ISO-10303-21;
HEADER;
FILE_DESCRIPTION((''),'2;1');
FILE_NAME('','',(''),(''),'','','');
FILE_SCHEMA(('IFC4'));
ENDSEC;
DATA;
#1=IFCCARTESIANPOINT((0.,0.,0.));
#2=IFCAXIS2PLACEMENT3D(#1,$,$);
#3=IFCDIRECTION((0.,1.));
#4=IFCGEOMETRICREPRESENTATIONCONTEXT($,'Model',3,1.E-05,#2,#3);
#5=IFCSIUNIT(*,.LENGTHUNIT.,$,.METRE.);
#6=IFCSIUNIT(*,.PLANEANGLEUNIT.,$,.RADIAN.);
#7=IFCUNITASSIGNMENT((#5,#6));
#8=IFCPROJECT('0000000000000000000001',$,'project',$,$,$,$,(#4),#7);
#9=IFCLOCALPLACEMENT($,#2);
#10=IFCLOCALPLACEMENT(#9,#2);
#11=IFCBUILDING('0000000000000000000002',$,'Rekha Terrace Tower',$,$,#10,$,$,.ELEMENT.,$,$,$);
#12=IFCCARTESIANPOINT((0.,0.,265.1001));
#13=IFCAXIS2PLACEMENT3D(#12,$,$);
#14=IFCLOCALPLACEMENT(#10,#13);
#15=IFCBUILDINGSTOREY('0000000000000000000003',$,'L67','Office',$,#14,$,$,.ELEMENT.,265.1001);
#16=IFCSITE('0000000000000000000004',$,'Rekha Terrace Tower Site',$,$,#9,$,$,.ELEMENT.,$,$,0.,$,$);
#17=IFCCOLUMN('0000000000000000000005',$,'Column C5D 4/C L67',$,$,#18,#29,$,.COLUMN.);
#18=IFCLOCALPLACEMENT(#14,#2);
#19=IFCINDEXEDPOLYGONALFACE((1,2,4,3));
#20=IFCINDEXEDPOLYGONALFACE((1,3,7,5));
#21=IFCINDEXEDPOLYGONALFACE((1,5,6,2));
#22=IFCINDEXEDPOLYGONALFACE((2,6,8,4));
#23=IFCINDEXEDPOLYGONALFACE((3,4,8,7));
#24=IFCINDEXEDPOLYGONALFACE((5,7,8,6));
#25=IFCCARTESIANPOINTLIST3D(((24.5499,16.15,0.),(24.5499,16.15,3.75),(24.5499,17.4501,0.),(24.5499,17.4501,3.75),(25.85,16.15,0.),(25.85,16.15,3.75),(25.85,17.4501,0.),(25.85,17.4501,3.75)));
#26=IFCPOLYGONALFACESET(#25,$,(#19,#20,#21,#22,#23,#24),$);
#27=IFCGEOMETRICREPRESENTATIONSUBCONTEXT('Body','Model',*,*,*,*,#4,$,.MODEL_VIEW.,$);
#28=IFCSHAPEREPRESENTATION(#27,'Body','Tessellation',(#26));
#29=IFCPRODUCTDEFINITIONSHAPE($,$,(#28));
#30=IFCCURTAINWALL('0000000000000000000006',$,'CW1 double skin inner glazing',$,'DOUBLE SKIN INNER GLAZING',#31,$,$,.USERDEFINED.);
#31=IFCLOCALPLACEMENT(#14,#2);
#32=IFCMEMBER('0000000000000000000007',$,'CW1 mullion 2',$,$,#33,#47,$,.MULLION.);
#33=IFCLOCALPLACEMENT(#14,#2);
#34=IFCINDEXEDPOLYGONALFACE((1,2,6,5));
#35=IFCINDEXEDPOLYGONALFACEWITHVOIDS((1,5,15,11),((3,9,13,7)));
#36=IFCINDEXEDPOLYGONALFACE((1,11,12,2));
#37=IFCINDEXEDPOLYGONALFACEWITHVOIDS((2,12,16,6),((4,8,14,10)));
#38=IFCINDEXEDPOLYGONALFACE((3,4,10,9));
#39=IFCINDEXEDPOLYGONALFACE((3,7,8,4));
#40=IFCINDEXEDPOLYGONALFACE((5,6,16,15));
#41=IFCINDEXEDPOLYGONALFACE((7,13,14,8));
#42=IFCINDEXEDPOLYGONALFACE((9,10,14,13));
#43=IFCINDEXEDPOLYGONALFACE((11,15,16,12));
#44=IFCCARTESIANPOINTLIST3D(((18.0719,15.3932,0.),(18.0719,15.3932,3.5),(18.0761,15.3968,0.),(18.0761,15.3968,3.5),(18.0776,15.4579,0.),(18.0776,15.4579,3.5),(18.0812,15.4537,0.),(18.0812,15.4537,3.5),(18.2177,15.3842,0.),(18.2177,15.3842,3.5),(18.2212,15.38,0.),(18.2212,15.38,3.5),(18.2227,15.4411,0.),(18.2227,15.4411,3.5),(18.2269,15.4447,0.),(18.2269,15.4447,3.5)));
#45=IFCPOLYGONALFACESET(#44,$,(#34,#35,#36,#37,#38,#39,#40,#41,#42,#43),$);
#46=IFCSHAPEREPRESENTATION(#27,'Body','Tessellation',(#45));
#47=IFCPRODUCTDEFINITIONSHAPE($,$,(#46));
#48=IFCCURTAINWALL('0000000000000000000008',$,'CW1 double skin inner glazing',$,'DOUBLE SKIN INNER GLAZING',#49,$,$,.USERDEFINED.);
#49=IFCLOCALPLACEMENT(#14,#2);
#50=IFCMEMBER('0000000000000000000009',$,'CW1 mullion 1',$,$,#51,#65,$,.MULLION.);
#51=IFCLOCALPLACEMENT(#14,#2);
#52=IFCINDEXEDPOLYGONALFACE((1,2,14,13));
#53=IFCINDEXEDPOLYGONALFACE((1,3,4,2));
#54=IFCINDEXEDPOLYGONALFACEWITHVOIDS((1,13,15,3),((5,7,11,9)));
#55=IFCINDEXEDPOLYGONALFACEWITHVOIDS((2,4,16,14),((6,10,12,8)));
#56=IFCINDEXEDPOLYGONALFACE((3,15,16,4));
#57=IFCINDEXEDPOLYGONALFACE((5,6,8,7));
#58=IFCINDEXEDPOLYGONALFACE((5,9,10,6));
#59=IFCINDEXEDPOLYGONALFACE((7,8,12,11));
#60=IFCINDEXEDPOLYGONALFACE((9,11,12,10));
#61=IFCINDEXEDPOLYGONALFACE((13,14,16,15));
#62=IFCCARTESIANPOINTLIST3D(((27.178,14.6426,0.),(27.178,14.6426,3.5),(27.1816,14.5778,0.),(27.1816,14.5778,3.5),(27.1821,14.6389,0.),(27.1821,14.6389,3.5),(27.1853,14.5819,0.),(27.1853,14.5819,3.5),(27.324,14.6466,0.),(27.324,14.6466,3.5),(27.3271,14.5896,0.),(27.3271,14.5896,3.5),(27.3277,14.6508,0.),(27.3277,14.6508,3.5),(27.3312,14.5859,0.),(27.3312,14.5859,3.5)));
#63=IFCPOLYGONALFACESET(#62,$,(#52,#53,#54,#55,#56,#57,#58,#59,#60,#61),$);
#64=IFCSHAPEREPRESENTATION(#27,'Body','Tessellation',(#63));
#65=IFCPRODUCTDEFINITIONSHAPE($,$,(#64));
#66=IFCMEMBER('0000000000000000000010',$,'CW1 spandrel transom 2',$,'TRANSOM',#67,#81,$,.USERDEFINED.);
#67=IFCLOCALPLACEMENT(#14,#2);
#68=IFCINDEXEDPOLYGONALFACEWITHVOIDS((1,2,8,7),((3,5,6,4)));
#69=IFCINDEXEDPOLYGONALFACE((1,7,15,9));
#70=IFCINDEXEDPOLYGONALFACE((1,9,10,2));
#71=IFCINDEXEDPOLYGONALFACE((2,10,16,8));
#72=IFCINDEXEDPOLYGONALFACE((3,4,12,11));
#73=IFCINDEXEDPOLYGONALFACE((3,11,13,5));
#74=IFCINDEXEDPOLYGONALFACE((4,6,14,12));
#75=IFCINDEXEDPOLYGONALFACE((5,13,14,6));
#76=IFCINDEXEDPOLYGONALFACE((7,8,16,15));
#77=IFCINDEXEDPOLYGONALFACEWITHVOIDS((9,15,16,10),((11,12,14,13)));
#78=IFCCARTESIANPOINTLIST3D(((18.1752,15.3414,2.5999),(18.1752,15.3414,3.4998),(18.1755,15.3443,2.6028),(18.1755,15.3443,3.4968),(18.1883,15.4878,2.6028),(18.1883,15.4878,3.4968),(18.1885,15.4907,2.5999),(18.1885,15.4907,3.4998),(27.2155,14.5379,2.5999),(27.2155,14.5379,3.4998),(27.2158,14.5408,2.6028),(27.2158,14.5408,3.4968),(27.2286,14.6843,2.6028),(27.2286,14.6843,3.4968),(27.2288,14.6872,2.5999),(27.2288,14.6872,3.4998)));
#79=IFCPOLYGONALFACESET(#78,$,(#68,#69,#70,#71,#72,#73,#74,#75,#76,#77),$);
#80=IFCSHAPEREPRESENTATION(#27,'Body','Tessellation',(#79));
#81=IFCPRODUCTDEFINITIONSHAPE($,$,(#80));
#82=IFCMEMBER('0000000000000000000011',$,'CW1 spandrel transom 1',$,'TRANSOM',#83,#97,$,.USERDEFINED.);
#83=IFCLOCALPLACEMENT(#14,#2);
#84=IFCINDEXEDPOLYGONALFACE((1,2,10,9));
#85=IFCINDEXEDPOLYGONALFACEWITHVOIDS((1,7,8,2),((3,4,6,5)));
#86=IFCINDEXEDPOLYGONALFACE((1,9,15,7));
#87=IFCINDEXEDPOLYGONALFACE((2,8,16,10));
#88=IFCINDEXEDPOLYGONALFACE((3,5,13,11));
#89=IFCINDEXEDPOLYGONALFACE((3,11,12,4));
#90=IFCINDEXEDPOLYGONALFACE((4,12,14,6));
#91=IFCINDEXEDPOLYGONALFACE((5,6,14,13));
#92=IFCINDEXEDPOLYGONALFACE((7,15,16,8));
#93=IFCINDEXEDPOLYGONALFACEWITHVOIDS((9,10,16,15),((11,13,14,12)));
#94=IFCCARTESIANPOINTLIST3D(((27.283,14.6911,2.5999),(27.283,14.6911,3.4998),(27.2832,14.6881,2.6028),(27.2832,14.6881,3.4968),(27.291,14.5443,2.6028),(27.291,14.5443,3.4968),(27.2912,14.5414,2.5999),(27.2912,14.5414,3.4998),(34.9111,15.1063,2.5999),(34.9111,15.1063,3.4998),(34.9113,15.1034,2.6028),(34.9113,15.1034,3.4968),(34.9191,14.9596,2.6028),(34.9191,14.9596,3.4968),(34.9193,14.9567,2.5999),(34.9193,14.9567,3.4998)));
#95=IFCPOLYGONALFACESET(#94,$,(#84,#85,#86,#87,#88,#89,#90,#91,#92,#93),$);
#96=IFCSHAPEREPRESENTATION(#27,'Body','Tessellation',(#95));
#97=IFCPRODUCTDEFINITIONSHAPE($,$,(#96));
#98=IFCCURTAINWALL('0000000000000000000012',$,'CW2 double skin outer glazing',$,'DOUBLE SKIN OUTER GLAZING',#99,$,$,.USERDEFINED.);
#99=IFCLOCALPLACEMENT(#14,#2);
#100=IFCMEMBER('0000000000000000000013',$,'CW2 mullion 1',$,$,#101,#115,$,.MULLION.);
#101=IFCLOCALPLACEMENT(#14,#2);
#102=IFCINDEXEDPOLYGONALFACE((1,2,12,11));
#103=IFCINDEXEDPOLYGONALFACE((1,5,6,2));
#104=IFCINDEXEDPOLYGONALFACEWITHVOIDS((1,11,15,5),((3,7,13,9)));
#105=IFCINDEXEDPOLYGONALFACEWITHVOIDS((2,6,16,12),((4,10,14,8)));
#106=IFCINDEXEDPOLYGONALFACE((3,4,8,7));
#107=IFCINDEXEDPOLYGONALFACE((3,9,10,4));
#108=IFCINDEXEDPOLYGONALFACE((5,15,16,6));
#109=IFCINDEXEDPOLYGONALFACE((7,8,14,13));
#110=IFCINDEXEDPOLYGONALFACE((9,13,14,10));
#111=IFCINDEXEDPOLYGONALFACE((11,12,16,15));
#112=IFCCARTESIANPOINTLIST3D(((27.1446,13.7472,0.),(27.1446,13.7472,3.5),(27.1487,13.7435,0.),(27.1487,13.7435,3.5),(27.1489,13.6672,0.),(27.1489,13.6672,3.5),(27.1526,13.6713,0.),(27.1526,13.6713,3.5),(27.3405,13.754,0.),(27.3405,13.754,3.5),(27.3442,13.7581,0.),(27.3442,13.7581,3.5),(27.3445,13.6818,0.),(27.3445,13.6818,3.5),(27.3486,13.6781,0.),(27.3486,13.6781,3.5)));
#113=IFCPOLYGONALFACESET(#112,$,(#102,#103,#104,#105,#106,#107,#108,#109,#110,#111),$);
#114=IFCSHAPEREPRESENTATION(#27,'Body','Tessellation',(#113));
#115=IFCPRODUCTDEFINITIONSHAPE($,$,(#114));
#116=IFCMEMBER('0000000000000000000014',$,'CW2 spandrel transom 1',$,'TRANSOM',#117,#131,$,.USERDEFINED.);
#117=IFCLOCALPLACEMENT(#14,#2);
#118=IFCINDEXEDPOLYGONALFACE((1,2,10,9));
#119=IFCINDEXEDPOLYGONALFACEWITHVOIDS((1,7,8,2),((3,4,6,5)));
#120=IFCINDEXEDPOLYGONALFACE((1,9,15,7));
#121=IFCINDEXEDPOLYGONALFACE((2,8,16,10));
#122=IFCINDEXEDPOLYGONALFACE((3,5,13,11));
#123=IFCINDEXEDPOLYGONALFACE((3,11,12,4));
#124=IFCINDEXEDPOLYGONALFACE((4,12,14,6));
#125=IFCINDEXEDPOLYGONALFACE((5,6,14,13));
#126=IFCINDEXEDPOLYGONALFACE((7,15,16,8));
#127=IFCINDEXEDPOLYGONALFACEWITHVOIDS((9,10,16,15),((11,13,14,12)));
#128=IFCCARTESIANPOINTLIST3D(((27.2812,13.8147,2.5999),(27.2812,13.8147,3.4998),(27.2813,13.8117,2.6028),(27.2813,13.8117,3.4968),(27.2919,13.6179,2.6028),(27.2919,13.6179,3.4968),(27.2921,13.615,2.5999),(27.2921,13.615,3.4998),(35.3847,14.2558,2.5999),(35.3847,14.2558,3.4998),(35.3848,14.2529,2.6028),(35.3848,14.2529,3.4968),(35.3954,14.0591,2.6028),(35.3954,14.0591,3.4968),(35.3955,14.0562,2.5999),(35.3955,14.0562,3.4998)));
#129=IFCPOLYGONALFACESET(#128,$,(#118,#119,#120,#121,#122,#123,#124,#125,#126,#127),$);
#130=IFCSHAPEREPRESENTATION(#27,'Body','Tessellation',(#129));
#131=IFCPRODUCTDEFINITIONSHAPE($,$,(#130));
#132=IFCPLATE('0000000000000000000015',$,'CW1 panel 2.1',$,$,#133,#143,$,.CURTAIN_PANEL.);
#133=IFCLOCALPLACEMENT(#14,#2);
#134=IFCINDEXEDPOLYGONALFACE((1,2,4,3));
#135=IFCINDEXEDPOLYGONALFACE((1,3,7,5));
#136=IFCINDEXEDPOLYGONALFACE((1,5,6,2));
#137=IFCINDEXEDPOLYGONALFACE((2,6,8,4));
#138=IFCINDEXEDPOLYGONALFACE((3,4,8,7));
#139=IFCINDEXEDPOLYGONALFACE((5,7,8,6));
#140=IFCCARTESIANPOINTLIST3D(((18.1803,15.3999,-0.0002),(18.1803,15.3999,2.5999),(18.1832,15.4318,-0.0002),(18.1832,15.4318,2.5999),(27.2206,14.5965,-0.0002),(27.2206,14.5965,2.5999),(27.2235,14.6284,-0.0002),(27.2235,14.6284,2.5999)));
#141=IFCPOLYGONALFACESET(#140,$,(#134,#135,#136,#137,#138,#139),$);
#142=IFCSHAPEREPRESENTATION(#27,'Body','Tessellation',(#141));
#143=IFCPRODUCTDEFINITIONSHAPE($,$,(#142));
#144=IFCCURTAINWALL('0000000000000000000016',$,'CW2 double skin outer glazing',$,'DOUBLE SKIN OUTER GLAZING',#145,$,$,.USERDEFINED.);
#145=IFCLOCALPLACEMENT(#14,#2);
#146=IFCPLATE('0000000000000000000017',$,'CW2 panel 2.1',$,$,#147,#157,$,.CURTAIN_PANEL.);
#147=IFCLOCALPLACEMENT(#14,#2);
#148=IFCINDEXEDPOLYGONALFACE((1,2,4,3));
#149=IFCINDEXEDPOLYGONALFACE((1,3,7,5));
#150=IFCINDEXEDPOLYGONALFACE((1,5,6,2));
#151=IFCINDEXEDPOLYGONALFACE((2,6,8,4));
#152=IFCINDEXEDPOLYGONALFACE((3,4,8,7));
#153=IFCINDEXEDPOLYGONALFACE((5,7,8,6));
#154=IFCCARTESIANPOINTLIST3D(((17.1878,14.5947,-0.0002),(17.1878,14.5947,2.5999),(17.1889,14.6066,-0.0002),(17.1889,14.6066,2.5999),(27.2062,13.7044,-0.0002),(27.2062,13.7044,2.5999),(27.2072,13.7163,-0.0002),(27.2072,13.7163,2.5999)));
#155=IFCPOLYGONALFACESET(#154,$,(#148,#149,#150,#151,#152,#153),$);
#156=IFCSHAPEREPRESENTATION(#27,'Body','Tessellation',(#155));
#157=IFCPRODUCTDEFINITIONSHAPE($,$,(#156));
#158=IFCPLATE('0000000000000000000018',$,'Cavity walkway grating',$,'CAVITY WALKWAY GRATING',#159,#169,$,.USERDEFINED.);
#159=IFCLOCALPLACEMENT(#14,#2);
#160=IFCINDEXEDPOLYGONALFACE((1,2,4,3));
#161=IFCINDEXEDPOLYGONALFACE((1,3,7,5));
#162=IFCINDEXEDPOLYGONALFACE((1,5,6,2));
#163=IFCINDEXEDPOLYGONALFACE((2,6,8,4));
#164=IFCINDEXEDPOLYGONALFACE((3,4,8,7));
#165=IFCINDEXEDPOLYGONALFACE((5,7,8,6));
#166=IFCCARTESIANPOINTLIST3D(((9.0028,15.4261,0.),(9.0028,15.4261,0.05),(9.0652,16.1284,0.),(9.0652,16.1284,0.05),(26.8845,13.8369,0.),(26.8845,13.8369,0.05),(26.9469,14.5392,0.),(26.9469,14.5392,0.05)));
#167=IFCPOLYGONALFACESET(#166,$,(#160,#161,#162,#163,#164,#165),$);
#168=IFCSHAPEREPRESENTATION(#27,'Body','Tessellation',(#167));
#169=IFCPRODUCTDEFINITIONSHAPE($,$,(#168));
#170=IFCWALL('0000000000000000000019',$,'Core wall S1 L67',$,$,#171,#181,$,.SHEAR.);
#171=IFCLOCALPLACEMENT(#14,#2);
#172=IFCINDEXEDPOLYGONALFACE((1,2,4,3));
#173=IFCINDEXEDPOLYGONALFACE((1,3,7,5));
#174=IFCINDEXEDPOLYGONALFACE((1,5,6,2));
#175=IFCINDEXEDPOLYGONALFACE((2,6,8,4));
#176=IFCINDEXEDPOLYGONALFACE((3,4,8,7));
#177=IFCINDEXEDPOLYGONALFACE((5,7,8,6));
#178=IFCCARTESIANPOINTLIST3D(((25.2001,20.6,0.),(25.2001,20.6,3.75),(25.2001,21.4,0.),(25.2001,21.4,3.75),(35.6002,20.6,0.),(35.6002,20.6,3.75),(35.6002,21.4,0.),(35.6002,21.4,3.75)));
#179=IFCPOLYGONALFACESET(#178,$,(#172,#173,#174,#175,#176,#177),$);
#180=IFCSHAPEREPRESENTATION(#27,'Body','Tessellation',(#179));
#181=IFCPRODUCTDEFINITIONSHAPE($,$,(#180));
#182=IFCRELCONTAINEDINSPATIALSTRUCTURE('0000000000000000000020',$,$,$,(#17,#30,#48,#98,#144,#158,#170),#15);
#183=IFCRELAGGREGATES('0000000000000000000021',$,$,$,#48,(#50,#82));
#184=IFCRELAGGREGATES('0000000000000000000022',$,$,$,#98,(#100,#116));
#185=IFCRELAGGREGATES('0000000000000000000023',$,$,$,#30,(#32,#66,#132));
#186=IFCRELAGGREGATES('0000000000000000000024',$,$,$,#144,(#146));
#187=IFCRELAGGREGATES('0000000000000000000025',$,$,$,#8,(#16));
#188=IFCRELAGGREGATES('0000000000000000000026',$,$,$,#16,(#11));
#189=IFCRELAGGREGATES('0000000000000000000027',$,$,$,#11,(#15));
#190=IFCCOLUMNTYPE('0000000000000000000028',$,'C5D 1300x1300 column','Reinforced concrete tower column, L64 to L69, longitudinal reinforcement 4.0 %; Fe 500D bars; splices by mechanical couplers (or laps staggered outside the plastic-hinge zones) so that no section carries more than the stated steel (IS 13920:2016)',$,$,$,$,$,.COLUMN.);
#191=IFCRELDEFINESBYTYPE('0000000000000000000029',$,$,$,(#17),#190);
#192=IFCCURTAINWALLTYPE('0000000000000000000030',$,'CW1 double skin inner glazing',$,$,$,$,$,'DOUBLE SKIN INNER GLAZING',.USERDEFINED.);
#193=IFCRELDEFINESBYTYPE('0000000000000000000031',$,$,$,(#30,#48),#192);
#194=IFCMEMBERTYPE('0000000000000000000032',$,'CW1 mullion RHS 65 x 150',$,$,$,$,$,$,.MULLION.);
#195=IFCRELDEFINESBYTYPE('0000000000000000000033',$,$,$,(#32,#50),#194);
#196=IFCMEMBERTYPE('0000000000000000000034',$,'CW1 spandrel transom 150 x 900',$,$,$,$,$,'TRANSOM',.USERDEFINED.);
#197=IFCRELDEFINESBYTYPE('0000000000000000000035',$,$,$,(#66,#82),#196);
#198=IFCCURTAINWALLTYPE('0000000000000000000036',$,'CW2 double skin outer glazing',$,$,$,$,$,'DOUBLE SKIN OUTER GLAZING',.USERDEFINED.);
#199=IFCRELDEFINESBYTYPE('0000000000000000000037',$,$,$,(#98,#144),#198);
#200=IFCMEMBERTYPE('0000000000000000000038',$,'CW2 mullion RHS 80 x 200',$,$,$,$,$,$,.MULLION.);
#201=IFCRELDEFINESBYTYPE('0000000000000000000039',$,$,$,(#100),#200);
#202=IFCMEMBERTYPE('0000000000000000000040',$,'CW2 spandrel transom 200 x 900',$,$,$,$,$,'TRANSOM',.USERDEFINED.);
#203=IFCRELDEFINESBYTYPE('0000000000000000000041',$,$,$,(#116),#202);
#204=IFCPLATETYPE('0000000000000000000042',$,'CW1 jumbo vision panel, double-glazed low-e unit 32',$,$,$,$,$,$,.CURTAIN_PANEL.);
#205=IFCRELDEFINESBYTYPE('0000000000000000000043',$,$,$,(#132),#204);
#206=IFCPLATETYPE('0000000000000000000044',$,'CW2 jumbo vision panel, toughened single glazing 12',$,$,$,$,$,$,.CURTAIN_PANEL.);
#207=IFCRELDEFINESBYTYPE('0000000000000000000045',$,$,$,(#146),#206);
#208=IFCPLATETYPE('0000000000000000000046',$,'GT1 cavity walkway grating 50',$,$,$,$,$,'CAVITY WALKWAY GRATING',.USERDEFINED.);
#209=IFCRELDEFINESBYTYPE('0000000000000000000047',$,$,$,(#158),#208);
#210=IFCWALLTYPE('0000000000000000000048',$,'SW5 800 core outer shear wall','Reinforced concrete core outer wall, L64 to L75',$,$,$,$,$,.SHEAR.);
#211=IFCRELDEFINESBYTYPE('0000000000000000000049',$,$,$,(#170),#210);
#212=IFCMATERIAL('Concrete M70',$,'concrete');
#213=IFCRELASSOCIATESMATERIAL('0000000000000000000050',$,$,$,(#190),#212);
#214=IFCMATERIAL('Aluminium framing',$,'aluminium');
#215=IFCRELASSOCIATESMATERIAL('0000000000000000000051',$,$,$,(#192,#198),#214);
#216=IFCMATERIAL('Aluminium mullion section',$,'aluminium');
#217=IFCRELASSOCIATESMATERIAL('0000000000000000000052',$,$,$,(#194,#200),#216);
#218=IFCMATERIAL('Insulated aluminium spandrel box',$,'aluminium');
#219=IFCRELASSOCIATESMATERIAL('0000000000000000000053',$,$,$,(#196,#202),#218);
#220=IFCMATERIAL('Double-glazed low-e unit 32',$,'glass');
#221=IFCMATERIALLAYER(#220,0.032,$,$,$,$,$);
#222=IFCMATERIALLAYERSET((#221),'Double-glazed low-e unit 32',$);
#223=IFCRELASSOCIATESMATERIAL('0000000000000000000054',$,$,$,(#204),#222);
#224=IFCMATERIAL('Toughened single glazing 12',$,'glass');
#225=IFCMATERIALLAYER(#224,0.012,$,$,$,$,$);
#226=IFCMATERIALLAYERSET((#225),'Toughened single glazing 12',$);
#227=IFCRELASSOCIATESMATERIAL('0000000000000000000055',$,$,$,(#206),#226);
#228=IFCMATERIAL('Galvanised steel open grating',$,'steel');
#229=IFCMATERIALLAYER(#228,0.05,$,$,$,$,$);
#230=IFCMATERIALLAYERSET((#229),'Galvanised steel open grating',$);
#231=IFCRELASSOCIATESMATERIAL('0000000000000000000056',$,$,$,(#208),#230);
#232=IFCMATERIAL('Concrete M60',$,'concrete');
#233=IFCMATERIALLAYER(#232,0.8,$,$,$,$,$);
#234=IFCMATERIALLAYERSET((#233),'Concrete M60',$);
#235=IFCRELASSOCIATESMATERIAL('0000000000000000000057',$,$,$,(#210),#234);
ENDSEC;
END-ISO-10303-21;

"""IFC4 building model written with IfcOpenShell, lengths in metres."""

from ifc_helpers import new_model, si_unit, direction, frame, frame_2d, origin, origin_2d, place, context, subcontext, project, spatial, rectangle, hollow_rectangle, extrude, material, layer, layer_set, material_profile, profile_set, type_object, element, aggregate, save


model = new_model("IFC4")

# Units and contexts
model_context = context("Model", 3, precision=1e-05, world=origin(), true_north=direction((0.0, 1.0)))
body_context = subcontext(model_context, "Body", "Model", "MODEL_VIEW")
ifc_project = project(units=[si_unit("LENGTHUNIT", "METRE"), si_unit("PLANEANGLEUNIT", "RADIAN")], contexts=[model_context])

# Site, building, storey
site_placement = place(None, origin())
site = spatial("IfcSite", under=ifc_project, at=site_placement, Name="Rekha Terrace Tower Site", CompositionType="ELEMENT", RefElevation=0.0)
building_placement = place(site_placement, origin())
building = spatial("IfcBuilding", under=site, at=building_placement, Name="Rekha Terrace Tower", CompositionType="ELEMENT")
storey_placement = place(building_placement, frame((0.0, 0.0, 265.1001)))
storey = spatial("IfcBuildingStorey", under=building, at=storey_placement, Name="L67", Description="Office", CompositionType="ELEMENT", Elevation=265.1001)

# Column
ifc_material_1 = material(Name="Concrete M70", Category="concrete")
ifc_material_profile_1 = material_profile(ifc_material_1, rectangle(XDim=1.3, YDim=1.3, at=origin_2d()), Name="RC 1300x1300")
ifc_profile_set_1 = profile_set([ifc_material_profile_1], Name="Concrete M70")
column_type = type_object("IfcColumnType", Name="C5D 1300x1300 column", Description="Reinforced concrete tower column, L64 to L69, longitudinal reinforcement 4.0 %; Fe 500D bars; splices by mechanical couplers (or laps staggered outside the plastic-hinge zones) so that no section carries more than the stated steel (IS 13920:2016)", PredefinedType="COLUMN", material=ifc_profile_set_1)
column_placement = place(storey_placement, frame((25.2, 16.8, 0.0), z_axis=(0.0, 0.0, 1.0), x_axis=(1.0, 0.0, 0.0)))
element("IfcColumn", 1, at=column_placement, inside=storey, type_object=column_type, Name="Column C5D 4/C L67", PredefinedType="COLUMN", context=body_context, shape_type="SweptSolid", body=[
    extrude(rectangle(XDim=1.3, YDim=1.3, at=origin_2d()), origin(), (0.0, 0.0, 1.0), 3.75),
])

# Curtain walls, members
ifc_material_2 = material(Name="Aluminium framing", Category="aluminium")
curtain_wall_type_1 = type_object("IfcCurtainWallType", Name="CW1 double skin inner glazing", ElementType="DOUBLE SKIN INNER GLAZING", PredefinedType="USERDEFINED", material=ifc_material_2)
curtain_wall_1_placement = place(storey_placement, origin())
curtain_wall_1 = element("IfcCurtainWall", 2, at=curtain_wall_1_placement, inside=storey, type_object=curtain_wall_type_1, Name="CW1 double skin inner glazing", ObjectType="DOUBLE SKIN INNER GLAZING", PredefinedType="USERDEFINED")
ifc_material_3 = material(Name="Aluminium mullion section", Category="aluminium")
ifc_material_profile_2 = material_profile(ifc_material_3, hollow_rectangle(XDim=0.0649, YDim=0.1499, WallThickness=0.0039, at=origin_2d()), Name="AL RHS 65x150")
ifc_profile_set_2 = profile_set([ifc_material_profile_2], Name="Aluminium mullion section")
member_type_1 = type_object("IfcMemberType", Name="CW1 mullion RHS 65 x 150", PredefinedType="MULLION", material=ifc_profile_set_2)
member_1_placement = place(storey_placement, frame((18.1494, 15.4189, 0.0), z_axis=(0.0, 0.0, 1.0), x_axis=(0.088522, 0.996074, 0.0)))
member_1 = element("IfcMember", 3, at=member_1_placement, type_object=member_type_1, Name="CW1 mullion 2", PredefinedType="MULLION", context=body_context, shape_type="SweptSolid", body=[
    extrude(hollow_rectangle(XDim=0.0649, YDim=0.1499, WallThickness=0.0039, at=origin_2d()), origin(), (0.0, 0.0, 1.0), 3.5),
])
curtain_wall_2_placement = place(storey_placement, origin())
curtain_wall_2 = element("IfcCurtainWall", 4, at=curtain_wall_2_placement, inside=storey, type_object=curtain_wall_type_1, Name="CW1 double skin inner glazing", ObjectType="DOUBLE SKIN INNER GLAZING", PredefinedType="USERDEFINED")
member_2_placement = place(storey_placement, frame((27.2546, 14.6143, 0.0), z_axis=(0.0, 0.0, 1.0), x_axis=(-0.054389, 0.99852, 0.0)))
member_2 = element("IfcMember", 5, at=member_2_placement, type_object=member_type_1, Name="CW1 mullion 1", PredefinedType="MULLION", context=body_context, shape_type="SweptSolid", body=[
    extrude(hollow_rectangle(XDim=0.0649, YDim=0.1499, WallThickness=0.0039, at=origin_2d()), origin(), (0.0, 0.0, 1.0), 3.5),
])

# Members
ifc_material_4 = material(Name="Insulated aluminium spandrel box", Category="aluminium")
ifc_material_profile_3 = material_profile(ifc_material_4, hollow_rectangle(XDim=0.1499, YDim=0.8999, WallThickness=0.0029, at=origin_2d()), Name="AL SPANDREL BOX 150x900")
ifc_profile_set_3 = profile_set([ifc_material_profile_3], Name="Insulated aluminium spandrel box")
member_type_2 = type_object("IfcMemberType", Name="CW1 spandrel transom 150 x 900", ElementType="TRANSOM", PredefinedType="USERDEFINED", material=ifc_profile_set_3)
member_3_placement = place(storey_placement, frame((18.1819, 15.416, 3.0498), z_axis=(0.996074, -0.088527, 0.0), x_axis=(0.088527, 0.996074, 0.0)))
member_3 = element("IfcMember", 6, at=member_3_placement, type_object=member_type_2, Name="CW1 spandrel transom 2", ObjectType="TRANSOM", PredefinedType="USERDEFINED", context=body_context, shape_type="SweptSolid", body=[
    extrude(hollow_rectangle(XDim=0.1499, YDim=0.8999, WallThickness=0.0029, at=origin_2d()), origin(), (0.0, 0.0, 1.0), 9.0759),
])
member_4_placement = place(storey_placement, frame((27.2871, 14.6162, 3.0498), z_axis=(0.998521, 0.05436, 0.0), x_axis=(-0.05436, 0.998521, 0.0)))
member_4 = element("IfcMember", 7, at=member_4_placement, type_object=member_type_2, Name="CW1 spandrel transom 1", ObjectType="TRANSOM", PredefinedType="USERDEFINED", context=body_context, shape_type="SweptSolid", body=[
    extrude(hollow_rectangle(XDim=0.1499, YDim=0.8999, WallThickness=0.0029, at=origin_2d()), origin(), (0.0, 0.0, 1.0), 7.6394),
])
aggregate(curtain_wall_2, [member_2, member_4])

# Curtain wall, members
curtain_wall_type_2 = type_object("IfcCurtainWallType", Name="CW2 double skin outer glazing", ElementType="DOUBLE SKIN OUTER GLAZING", PredefinedType="USERDEFINED", material=ifc_material_2)
curtain_wall_3_placement = place(storey_placement, origin())
curtain_wall_3 = element("IfcCurtainWall", 8, at=curtain_wall_3_placement, inside=storey, type_object=curtain_wall_type_2, Name="CW2 double skin outer glazing", ObjectType="DOUBLE SKIN OUTER GLAZING", PredefinedType="USERDEFINED")
ifc_material_profile_4 = material_profile(ifc_material_3, hollow_rectangle(XDim=0.0801, YDim=0.2, WallThickness=0.0039, at=origin_2d()), Name="AL RHS 80x200")
ifc_profile_set_4 = profile_set([ifc_material_profile_4], Name="Aluminium mullion section")
member_type_3 = type_object("IfcMemberType", Name="CW2 mullion RHS 80 x 200", PredefinedType="MULLION", material=ifc_profile_set_4)
member_5_placement = place(storey_placement, frame((27.2466, 13.7126, 0.0), z_axis=(0.0, 0.0, 1.0), x_axis=(-0.054389, 0.99852, 0.0)))
member_5 = element("IfcMember", 9, at=member_5_placement, type_object=member_type_3, Name="CW2 mullion 1", PredefinedType="MULLION", context=body_context, shape_type="SweptSolid", body=[
    extrude(hollow_rectangle(XDim=0.0801, YDim=0.2, WallThickness=0.0039, at=origin_2d()), origin(), (0.0, 0.0, 1.0), 3.5),
])
ifc_material_profile_5 = material_profile(ifc_material_4, hollow_rectangle(XDim=0.2, YDim=0.8999, WallThickness=0.0029, at=origin_2d()), Name="AL SPANDREL BOX 200x900")
ifc_profile_set_5 = profile_set([ifc_material_profile_5], Name="Insulated aluminium spandrel box")
member_type_4 = type_object("IfcMemberType", Name="CW2 spandrel transom 200 x 900", ElementType="TRANSOM", PredefinedType="USERDEFINED", material=ifc_profile_set_5)
member_6_placement = place(storey_placement, frame((27.2866, 13.7148, 3.0498), z_axis=(0.998521, 0.05436, 0.0), x_axis=(-0.05436, 0.998521, 0.0)))
member_6 = element("IfcMember", 10, at=member_6_placement, type_object=member_type_4, Name="CW2 spandrel transom 1", ObjectType="TRANSOM", PredefinedType="USERDEFINED", context=body_context, shape_type="SweptSolid", body=[
    extrude(hollow_rectangle(XDim=0.2, YDim=0.8999, WallThickness=0.0029, at=origin_2d()), origin(), (0.0, 0.0, 1.0), 8.1155),
])
aggregate(curtain_wall_3, [member_5, member_6])

# Plate
ifc_material_5 = material(Name="Double-glazed low-e unit 32", Category="glass")
ifc_layer_1 = layer(ifc_material_5, 0.032)
ifc_layer_set_1 = layer_set([ifc_layer_1], Name="Double-glazed low-e unit 32")
plate_type_1 = type_object("IfcPlateType", Name="CW1 jumbo vision panel, double-glazed low-e unit 32", PredefinedType="CURTAIN_PANEL", material=ifc_layer_set_1)
plate_1_placement = place(storey_placement, frame((22.7019, 15.0142, -0.0002), z_axis=(0.0, 0.0, 1.0), x_axis=(0.996074, -0.088522, 0.0)))
plate_1 = element("IfcPlate", 11, at=plate_1_placement, type_object=plate_type_1, Name="CW1 panel 2.1", PredefinedType="CURTAIN_PANEL", context=body_context, shape_type="SweptSolid", body=[
    extrude(rectangle(XDim=9.0759, YDim=0.032, at=origin_2d()), origin(), (0.0, 0.0, 1.0), 2.6001),
])
aggregate(curtain_wall_1, [member_1, member_3, plate_1])

# Curtain wall, plate
curtain_wall_4_placement = place(storey_placement, origin())
curtain_wall_4 = element("IfcCurtainWall", 12, at=curtain_wall_4_placement, inside=storey, type_object=curtain_wall_type_2, Name="CW2 double skin outer glazing", ObjectType="DOUBLE SKIN OUTER GLAZING", PredefinedType="USERDEFINED")
ifc_material_6 = material(Name="Toughened single glazing 12", Category="glass")
ifc_layer_2 = layer(ifc_material_6, 0.012)
ifc_layer_set_2 = layer_set([ifc_layer_2], Name="Toughened single glazing 12")
plate_type_2 = type_object("IfcPlateType", Name="CW2 jumbo vision panel, toughened single glazing 12", PredefinedType="CURTAIN_PANEL", material=ifc_layer_set_2)
plate_2_placement = place(storey_placement, frame((22.1975, 14.1555, -0.0002), z_axis=(0.0, 0.0, 1.0), x_axis=(0.996074, -0.088522, 0.0)))
plate_2 = element("IfcPlate", 13, at=plate_2_placement, type_object=plate_type_2, Name="CW2 panel 2.1", PredefinedType="CURTAIN_PANEL", context=body_context, shape_type="SweptSolid", body=[
    extrude(rectangle(XDim=10.0579, YDim=0.012, at=origin_2d()), origin(), (0.0, 0.0, 1.0), 2.6001),
])
aggregate(curtain_wall_4, [plate_2])

# Plate
ifc_material_7 = material(Name="Galvanised steel open grating", Category="steel")
ifc_layer_3 = layer(ifc_material_7, 0.05)
ifc_layer_set_3 = layer_set([ifc_layer_3], Name="Galvanised steel open grating")
plate_type_3 = type_object("IfcPlateType", Name="GT1 cavity walkway grating 50", ElementType="CAVITY WALKWAY GRATING", PredefinedType="USERDEFINED", material=ifc_layer_set_3)
plate_3_placement = place(storey_placement, frame((17.9749, 14.9827, 0.0), z_axis=(0.0, 0.0, 1.0), x_axis=(0.996074, -0.088522, 0.0)))
element("IfcPlate", 14, at=plate_3_placement, inside=storey, type_object=plate_type_3, Name="Cavity walkway grating", ObjectType="CAVITY WALKWAY GRATING", PredefinedType="USERDEFINED", context=body_context, shape_type="SweptSolid", body=[
    extrude(rectangle(XDim=17.9521, YDim=0.7051, at=origin_2d()), origin(), (0.0, 0.0, 1.0), 0.05),
])

# Wall
ifc_material_8 = material(Name="Concrete M60", Category="concrete")
ifc_layer_4 = layer(ifc_material_8, 0.8)
ifc_layer_set_4 = layer_set([ifc_layer_4], Name="Concrete M60")
wall_type_1 = type_object("IfcWallType", Name="SW5 800 core outer shear wall", Description="Reinforced concrete core outer wall, L64 to L75", PredefinedType="SHEAR", material=ifc_layer_set_4)
wall_1_placement = place(storey_placement, frame((25.2, 21.0, 0.0), z_axis=(0.0, 0.0, 1.0), x_axis=(1.0, 0.0, 0.0)))
element("IfcWall", 15, at=wall_1_placement, inside=storey, type_object=wall_type_1, Name="Core wall S1 L67", PredefinedType="SHEAR", context=body_context, shape_type="SweptSolid", body=[
    extrude(rectangle(XDim=10.4001, YDim=0.8, at=frame_2d((5.2002, 0.0))), origin(), (0.0, 0.0, 1.0), 3.75),
])

save(model, "model.ifc")
